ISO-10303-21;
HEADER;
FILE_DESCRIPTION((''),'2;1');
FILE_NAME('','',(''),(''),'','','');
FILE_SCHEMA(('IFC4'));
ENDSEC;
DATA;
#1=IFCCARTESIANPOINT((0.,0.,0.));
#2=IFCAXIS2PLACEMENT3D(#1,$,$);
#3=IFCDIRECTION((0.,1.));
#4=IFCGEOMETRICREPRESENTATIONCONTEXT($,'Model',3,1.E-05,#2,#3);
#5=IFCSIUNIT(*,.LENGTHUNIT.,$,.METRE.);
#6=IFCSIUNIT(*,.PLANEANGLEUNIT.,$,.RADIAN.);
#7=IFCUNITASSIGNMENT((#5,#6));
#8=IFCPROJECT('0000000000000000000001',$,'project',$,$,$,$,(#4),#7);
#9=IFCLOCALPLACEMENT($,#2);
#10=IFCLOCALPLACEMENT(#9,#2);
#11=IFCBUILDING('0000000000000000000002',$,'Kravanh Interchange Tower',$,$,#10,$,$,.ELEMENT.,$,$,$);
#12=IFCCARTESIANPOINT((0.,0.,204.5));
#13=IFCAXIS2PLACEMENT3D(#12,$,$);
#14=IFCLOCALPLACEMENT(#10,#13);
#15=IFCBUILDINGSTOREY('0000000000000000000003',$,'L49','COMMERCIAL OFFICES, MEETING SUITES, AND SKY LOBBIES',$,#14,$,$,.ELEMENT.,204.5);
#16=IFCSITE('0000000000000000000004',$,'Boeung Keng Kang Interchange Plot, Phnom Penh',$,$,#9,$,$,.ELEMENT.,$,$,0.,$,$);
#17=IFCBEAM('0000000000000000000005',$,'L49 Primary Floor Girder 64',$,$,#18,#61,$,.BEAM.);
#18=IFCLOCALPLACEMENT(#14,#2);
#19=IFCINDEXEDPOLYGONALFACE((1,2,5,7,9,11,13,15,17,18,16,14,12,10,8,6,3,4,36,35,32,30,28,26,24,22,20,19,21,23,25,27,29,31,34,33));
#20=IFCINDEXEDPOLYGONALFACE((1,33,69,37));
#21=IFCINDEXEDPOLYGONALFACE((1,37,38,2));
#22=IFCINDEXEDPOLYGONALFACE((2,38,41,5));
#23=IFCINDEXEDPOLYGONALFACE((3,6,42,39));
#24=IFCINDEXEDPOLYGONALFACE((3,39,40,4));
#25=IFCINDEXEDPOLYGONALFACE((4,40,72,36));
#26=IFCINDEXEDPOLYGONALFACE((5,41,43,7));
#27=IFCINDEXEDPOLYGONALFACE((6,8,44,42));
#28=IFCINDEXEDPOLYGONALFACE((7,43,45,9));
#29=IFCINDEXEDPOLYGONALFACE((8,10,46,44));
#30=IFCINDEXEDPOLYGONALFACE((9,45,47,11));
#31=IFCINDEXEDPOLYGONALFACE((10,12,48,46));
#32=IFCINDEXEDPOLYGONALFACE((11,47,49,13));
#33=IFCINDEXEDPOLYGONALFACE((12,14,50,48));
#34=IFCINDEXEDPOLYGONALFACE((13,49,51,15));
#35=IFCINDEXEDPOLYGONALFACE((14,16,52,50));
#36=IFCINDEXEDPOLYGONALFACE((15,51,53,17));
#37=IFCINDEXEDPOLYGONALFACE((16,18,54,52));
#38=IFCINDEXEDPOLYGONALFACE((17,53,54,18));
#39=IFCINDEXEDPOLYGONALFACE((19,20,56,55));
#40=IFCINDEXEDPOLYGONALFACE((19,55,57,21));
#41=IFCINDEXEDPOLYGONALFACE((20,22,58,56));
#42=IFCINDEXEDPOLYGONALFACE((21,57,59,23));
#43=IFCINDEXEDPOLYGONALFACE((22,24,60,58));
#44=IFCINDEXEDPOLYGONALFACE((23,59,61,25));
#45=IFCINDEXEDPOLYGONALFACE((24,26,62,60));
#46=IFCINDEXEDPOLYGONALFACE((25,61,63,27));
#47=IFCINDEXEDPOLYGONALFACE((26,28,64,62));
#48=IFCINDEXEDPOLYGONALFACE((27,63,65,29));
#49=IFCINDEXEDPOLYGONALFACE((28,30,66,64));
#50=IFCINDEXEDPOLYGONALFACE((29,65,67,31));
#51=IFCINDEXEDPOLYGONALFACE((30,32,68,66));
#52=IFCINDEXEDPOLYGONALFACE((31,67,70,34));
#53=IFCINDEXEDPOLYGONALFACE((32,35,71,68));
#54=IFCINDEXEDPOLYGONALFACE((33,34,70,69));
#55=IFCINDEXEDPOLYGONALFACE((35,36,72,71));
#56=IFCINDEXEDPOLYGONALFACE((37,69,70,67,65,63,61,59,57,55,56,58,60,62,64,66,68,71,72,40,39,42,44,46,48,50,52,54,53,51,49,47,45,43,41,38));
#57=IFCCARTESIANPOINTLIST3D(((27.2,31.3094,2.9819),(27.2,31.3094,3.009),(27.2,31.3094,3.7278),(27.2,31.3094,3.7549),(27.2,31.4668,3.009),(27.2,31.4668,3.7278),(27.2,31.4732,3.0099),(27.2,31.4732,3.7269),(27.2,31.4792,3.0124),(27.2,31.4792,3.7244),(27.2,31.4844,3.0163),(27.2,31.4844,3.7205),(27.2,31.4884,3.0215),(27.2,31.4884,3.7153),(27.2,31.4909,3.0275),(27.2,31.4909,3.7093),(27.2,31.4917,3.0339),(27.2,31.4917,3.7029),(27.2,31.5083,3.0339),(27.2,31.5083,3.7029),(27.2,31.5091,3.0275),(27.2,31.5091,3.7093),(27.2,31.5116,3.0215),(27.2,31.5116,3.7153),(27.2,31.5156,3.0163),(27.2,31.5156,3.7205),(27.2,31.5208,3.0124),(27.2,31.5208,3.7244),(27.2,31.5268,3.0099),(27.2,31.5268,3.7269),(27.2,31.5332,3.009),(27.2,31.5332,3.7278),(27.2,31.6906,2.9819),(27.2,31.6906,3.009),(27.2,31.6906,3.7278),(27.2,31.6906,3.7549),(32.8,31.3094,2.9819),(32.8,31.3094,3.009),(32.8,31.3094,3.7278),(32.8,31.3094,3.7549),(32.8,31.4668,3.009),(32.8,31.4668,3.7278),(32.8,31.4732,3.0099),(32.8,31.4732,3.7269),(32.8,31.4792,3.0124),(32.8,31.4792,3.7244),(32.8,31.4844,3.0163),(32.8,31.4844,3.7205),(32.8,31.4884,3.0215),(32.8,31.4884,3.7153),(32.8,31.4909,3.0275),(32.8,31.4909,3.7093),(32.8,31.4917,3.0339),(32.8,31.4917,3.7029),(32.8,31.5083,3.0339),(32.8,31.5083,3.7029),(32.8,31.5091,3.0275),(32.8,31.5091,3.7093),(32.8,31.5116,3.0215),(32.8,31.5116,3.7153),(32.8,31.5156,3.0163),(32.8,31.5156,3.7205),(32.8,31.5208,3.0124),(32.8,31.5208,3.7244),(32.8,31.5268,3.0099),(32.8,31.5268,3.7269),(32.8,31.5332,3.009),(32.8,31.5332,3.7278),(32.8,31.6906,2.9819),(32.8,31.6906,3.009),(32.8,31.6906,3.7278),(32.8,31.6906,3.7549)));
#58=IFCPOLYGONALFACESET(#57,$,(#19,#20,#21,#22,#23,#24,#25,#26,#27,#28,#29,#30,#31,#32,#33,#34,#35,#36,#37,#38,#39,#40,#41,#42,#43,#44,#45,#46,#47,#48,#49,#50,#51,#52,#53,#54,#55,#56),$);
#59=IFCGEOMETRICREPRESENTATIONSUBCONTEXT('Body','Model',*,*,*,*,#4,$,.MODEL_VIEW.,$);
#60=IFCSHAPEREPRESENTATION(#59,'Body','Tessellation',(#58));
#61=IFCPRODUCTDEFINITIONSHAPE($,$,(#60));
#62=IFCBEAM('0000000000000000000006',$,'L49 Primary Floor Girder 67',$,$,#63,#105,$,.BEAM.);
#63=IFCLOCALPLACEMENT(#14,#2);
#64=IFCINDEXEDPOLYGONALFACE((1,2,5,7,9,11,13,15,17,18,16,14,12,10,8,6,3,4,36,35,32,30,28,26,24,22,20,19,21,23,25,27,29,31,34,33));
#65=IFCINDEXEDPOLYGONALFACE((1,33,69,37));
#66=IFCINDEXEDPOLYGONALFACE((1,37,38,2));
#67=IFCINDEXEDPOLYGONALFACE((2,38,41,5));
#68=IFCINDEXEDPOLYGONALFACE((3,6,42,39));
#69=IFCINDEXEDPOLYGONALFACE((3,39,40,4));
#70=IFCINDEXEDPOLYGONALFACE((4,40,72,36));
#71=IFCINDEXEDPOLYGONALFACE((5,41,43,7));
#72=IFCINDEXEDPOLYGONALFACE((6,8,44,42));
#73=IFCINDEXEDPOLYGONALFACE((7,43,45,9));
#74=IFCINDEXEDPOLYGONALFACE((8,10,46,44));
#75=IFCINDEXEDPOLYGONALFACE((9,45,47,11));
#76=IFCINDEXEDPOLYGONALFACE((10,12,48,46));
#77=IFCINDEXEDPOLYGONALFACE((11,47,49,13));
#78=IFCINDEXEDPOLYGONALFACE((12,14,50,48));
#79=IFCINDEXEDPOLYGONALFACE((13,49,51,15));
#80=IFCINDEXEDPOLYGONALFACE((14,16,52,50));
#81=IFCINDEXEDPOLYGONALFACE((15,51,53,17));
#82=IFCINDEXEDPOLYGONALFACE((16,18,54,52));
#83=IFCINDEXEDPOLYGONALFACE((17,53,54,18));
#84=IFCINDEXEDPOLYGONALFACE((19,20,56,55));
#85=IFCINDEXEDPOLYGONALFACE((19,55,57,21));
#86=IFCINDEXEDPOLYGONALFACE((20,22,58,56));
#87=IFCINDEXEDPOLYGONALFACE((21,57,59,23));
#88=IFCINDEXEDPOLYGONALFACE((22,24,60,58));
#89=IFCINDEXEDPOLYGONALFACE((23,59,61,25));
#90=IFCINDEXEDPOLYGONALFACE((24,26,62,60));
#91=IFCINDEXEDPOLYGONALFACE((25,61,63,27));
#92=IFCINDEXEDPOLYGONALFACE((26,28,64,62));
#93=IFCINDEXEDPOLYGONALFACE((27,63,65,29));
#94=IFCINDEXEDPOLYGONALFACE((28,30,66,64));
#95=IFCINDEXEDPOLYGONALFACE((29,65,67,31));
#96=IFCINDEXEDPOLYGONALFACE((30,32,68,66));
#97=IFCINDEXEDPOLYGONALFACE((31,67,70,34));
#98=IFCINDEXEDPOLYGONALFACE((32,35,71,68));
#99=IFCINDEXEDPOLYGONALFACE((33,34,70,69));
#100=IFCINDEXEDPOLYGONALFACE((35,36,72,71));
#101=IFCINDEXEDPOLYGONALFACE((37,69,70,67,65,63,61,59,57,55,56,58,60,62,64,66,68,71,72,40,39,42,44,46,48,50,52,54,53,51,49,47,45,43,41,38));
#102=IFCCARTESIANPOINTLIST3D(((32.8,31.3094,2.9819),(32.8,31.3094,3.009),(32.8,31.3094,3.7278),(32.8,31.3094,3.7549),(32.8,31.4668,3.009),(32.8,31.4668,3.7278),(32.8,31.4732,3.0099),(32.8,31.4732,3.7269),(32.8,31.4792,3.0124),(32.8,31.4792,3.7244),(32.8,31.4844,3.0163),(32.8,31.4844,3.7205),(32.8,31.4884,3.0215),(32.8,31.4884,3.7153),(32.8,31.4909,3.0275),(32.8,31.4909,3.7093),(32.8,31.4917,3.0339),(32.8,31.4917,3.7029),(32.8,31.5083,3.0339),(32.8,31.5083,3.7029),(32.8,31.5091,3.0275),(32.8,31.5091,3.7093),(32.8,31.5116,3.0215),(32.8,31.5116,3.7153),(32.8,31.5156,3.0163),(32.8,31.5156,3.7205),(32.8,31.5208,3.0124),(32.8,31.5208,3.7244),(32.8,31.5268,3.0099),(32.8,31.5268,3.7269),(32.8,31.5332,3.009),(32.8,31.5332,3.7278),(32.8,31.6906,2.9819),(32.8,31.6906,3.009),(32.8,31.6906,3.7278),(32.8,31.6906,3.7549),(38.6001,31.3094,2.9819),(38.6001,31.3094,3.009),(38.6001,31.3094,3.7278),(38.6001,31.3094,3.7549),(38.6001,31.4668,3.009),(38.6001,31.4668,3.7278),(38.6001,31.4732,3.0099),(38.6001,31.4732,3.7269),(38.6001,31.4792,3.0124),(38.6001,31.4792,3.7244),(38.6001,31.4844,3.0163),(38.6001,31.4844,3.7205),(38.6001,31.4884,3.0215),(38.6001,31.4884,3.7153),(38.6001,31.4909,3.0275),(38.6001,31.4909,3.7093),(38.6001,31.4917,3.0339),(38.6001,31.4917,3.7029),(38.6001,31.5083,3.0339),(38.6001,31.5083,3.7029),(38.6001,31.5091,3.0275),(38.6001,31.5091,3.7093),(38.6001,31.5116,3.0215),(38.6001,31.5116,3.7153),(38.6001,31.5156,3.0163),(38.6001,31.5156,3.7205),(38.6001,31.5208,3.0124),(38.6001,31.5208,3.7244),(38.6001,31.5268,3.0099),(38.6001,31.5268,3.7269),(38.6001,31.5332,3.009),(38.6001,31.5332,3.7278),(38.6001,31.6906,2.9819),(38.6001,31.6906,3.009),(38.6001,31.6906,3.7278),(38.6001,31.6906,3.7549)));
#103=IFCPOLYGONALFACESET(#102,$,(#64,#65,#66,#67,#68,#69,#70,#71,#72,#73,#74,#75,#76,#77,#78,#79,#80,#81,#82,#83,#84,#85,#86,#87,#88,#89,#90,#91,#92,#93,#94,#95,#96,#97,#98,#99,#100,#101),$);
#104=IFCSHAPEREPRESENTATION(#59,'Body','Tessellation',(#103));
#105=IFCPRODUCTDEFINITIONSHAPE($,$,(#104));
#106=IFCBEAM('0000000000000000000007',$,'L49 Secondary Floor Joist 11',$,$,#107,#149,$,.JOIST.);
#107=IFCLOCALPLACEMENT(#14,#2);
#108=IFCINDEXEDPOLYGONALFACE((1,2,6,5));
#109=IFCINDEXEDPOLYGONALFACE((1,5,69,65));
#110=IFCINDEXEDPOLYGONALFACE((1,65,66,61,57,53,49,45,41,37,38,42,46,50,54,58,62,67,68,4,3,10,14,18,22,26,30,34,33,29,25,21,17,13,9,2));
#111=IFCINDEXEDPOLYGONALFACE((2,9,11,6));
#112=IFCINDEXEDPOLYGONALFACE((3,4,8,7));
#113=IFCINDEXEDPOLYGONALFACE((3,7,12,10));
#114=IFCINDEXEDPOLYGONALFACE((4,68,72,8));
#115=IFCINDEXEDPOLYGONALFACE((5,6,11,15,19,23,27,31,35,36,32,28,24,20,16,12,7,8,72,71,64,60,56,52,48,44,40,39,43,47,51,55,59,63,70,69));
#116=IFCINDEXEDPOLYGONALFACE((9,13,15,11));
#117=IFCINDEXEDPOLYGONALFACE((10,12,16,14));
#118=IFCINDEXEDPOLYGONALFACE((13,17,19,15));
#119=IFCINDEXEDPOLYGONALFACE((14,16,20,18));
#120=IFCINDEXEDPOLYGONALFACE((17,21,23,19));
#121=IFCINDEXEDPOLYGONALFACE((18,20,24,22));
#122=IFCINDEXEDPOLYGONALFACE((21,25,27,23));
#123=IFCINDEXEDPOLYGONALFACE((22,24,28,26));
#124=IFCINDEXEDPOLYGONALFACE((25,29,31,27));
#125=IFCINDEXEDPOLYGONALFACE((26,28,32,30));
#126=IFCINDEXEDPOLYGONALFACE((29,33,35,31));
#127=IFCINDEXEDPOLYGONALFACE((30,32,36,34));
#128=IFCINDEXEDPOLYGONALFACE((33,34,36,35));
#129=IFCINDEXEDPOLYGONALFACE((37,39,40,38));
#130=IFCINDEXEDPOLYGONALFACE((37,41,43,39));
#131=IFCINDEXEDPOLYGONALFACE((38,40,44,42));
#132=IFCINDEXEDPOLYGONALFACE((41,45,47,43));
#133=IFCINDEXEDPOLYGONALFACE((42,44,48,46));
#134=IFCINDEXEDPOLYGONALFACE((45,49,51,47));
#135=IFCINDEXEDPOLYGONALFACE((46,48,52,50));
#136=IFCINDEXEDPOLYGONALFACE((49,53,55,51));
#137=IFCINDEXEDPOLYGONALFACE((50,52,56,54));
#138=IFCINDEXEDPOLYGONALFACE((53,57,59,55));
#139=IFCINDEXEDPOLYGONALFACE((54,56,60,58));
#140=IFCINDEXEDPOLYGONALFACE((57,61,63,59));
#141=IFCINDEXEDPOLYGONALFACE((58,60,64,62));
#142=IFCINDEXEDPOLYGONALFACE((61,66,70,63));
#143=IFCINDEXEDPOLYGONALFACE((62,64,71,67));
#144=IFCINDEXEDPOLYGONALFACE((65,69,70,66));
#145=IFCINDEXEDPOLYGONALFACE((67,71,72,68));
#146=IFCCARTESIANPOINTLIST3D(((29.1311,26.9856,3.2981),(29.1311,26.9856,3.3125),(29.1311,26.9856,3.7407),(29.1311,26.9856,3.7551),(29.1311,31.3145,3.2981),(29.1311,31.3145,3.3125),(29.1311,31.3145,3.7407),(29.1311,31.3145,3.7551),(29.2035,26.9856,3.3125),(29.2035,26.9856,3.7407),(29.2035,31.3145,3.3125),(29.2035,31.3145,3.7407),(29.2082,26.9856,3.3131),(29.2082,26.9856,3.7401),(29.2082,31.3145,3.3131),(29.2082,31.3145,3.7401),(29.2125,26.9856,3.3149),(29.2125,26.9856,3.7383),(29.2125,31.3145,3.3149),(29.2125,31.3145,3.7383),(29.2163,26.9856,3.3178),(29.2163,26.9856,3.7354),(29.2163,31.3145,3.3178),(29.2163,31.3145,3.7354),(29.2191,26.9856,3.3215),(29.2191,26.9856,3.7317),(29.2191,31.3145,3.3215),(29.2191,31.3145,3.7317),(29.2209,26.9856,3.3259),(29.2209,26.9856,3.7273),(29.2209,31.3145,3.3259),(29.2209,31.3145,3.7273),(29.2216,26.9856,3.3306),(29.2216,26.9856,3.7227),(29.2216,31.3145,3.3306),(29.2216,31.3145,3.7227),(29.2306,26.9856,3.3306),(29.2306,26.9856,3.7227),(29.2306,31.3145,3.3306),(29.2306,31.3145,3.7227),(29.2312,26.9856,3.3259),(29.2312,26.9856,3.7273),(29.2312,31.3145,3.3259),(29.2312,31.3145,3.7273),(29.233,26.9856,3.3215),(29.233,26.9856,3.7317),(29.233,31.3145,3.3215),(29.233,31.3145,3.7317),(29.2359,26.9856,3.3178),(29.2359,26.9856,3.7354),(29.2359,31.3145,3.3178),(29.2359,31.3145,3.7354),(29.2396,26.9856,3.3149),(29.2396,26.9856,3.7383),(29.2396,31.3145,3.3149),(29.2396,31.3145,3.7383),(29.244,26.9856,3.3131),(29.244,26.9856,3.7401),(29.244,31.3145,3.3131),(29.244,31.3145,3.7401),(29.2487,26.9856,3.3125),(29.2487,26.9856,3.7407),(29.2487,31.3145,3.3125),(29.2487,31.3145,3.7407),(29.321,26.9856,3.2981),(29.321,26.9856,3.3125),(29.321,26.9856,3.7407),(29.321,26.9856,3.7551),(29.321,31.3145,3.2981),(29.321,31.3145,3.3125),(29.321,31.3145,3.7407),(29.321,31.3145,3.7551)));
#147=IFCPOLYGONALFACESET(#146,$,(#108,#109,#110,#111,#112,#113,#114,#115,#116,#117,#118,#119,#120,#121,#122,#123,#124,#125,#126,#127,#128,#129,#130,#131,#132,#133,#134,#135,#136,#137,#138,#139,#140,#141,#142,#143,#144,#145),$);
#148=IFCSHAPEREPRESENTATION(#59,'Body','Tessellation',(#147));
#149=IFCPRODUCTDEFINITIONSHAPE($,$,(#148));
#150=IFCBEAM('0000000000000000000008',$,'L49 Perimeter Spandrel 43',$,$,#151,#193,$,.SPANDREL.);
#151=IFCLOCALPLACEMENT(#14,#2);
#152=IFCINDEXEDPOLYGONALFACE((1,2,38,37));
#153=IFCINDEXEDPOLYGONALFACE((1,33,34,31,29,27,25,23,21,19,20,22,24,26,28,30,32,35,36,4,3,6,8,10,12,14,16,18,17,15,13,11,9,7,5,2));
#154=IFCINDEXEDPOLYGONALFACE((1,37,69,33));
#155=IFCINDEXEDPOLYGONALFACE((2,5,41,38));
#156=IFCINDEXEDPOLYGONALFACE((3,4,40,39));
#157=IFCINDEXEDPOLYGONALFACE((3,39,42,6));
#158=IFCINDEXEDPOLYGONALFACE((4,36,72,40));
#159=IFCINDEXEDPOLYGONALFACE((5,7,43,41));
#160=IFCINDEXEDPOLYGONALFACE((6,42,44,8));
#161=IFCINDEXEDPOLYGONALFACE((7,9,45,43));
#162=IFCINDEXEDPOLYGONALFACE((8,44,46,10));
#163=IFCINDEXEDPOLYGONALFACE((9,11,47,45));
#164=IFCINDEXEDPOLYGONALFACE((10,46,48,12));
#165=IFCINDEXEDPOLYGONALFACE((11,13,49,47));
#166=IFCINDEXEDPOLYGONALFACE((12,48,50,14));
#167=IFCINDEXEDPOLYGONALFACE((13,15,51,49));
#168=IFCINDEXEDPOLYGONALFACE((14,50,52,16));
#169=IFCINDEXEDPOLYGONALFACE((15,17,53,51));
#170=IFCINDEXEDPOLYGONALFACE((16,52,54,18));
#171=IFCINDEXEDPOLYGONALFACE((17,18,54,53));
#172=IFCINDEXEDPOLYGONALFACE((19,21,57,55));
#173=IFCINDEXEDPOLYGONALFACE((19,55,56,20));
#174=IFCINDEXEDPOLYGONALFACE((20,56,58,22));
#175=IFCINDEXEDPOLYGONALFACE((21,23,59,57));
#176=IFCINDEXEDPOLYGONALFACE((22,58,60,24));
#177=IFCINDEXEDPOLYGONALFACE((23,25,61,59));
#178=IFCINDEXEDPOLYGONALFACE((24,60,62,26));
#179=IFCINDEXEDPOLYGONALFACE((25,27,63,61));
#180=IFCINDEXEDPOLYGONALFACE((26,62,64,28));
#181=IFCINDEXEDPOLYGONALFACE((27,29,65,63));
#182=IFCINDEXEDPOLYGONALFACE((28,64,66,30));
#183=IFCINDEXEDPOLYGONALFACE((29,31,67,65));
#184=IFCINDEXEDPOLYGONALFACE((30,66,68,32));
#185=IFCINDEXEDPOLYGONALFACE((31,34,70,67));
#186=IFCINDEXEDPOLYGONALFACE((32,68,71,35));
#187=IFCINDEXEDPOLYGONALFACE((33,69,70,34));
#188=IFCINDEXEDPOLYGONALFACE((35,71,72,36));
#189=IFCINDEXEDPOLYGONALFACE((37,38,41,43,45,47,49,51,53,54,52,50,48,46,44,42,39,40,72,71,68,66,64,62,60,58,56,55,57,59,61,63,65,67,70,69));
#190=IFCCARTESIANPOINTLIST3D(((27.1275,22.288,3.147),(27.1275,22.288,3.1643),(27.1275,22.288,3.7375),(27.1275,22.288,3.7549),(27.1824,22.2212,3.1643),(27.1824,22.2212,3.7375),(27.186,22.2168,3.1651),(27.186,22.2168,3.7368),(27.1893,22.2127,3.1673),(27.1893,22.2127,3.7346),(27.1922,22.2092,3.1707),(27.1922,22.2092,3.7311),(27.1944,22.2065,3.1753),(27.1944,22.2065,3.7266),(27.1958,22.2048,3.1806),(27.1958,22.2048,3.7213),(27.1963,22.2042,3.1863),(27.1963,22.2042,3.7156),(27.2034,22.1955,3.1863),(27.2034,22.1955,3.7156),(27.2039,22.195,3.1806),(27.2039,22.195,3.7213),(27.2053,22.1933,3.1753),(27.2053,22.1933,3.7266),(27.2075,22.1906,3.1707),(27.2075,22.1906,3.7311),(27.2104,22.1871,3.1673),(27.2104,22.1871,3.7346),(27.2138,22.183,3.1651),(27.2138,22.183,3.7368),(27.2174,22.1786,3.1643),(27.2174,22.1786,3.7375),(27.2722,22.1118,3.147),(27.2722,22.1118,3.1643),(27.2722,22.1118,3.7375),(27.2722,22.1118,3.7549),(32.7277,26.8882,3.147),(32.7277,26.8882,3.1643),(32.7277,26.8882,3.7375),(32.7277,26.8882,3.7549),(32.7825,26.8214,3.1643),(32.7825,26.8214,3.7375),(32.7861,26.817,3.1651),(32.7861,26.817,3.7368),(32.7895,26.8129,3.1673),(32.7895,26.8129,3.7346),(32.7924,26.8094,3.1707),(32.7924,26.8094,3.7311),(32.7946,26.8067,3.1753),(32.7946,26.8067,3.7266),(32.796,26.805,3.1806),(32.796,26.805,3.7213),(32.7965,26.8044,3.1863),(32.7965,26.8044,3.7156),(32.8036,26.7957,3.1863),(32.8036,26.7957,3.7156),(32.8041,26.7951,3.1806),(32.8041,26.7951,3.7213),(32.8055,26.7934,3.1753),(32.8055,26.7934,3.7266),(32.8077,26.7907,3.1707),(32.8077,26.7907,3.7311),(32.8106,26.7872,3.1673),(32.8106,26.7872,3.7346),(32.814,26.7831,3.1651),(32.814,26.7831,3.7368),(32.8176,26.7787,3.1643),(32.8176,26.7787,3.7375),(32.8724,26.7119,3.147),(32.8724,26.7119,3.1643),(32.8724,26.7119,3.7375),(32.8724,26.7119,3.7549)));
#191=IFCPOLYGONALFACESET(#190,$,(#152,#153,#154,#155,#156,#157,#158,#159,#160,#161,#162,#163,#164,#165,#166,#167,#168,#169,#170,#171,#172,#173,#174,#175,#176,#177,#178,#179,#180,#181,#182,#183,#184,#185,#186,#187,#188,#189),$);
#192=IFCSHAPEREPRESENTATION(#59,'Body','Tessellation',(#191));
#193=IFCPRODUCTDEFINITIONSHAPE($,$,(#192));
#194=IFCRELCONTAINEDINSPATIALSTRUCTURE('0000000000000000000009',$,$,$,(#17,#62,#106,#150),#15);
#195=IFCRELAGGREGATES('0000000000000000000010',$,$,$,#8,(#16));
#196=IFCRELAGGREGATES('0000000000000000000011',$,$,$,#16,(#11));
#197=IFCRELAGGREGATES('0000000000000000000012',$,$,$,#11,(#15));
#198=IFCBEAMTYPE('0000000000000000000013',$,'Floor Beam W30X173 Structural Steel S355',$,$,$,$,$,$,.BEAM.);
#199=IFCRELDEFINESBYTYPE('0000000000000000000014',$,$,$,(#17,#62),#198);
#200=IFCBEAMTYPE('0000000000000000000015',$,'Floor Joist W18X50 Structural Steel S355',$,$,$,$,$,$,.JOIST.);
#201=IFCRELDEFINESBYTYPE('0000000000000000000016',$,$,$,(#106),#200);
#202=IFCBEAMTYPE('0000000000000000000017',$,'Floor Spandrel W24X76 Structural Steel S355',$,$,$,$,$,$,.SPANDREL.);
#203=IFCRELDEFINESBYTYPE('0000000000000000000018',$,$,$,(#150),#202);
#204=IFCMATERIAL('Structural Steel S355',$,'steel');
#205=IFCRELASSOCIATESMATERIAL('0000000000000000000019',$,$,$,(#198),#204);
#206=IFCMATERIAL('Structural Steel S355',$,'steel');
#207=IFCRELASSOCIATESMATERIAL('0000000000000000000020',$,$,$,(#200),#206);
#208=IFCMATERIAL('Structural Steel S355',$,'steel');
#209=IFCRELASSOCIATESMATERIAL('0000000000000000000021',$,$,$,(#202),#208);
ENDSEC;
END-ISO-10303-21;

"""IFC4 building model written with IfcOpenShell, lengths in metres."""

from ifc_helpers import new_model, si_unit, direction, frame, origin, origin_2d, place, context, subcontext, project, spatial, i_section, extrude, material, material_profile, profile_set, type_object, element, save


model = new_model("IFC4")

# Units and contexts
model_context = context("Model", 3, precision=1e-05, world=origin(), true_north=direction((0.0, 1.0)))
body_context = subcontext(model_context, "Body", "Model", "MODEL_VIEW")
ifc_project = project(units=[si_unit("LENGTHUNIT", "METRE"), si_unit("PLANEANGLEUNIT", "RADIAN")], contexts=[model_context])

# Site, building, storey
site_placement = place(None, origin())
site = spatial("IfcSite", under=ifc_project, at=site_placement, Name="Boeung Keng Kang Interchange Plot, Phnom Penh", CompositionType="ELEMENT", RefElevation=0.0)
building_placement = place(site_placement, origin())
building = spatial("IfcBuilding", under=site, at=building_placement, Name="Kravanh Interchange Tower", CompositionType="ELEMENT")
storey_placement = place(building_placement, frame((0.0, 0.0, 204.5)))
storey = spatial("IfcBuildingStorey", under=building, at=storey_placement, Name="L49", Description="COMMERCIAL OFFICES, MEETING SUITES, AND SKY LOBBIES", CompositionType="ELEMENT", Elevation=204.5)

# Beams
ifc_material_1 = material(Name="Structural Steel S355", Category="steel")
ifc_material_profile_1 = material_profile(ifc_material_1, i_section(OverallWidth=0.3811, OverallDepth=0.7729, WebThickness=0.0166, FlangeThickness=0.0271, FilletRadius=0.0249, at=origin_2d()), Name="W30X173")
ifc_profile_set_1 = profile_set([ifc_material_profile_1], Name="Structural Steel S355")
beam_type_1 = type_object("IfcBeamType", Name="Floor Beam W30X173 Structural Steel S355", PredefinedType="BEAM", material=ifc_profile_set_1)
beam_1_placement = place(storey_placement, frame((27.2, 31.5, 3.3684), z_axis=(1.0, 0.0, 0.0), x_axis=(0.0, 1.0, 0.0)))
element("IfcBeam", 1, at=beam_1_placement, inside=storey, type_object=beam_type_1, Name="L49 Primary Floor Girder 64", PredefinedType="BEAM", context=body_context, shape_type="SweptSolid", body=[
    extrude(i_section(OverallWidth=0.3811, OverallDepth=0.7729, WebThickness=0.0166, FlangeThickness=0.0271, FilletRadius=0.0249, at=origin_2d()), origin(), (0.0, 0.0, 1.0), 5.6001),
])
beam_2_placement = place(storey_placement, frame((32.8, 31.5, 3.3684), z_axis=(1.0, 0.0, 0.0), x_axis=(0.0, 1.0, 0.0)))
element("IfcBeam", 2, at=beam_2_placement, inside=storey, type_object=beam_type_1, Name="L49 Primary Floor Girder 67", PredefinedType="BEAM", context=body_context, shape_type="SweptSolid", body=[
    extrude(i_section(OverallWidth=0.3811, OverallDepth=0.7729, WebThickness=0.0166, FlangeThickness=0.0271, FilletRadius=0.0249, at=origin_2d()), origin(), (0.0, 0.0, 1.0), 5.8),
])
ifc_material_2 = material(Name="Structural Steel S355", Category="steel")
ifc_material_profile_2 = material_profile(ifc_material_2, i_section(OverallWidth=0.1899, OverallDepth=0.457, WebThickness=0.009, FlangeThickness=0.0144, FilletRadius=0.0181, at=origin_2d()), Name="W18X50")
ifc_profile_set_2 = profile_set([ifc_material_profile_2], Name="Structural Steel S355")
beam_type_2 = type_object("IfcBeamType", Name="Floor Joist W18X50 Structural Steel S355", PredefinedType="JOIST", material=ifc_profile_set_2)
beam_3_placement = place(storey_placement, frame((29.2261, 26.9856, 3.5266), z_axis=(0.0, 1.0, 0.0), x_axis=(-1.0, 0.0, 0.0)))
element("IfcBeam", 3, at=beam_3_placement, inside=storey, type_object=beam_type_2, Name="L49 Secondary Floor Joist 11", PredefinedType="JOIST", context=body_context, shape_type="SweptSolid", body=[
    extrude(i_section(OverallWidth=0.1899, OverallDepth=0.457, WebThickness=0.009, FlangeThickness=0.0144, FilletRadius=0.0181, at=origin_2d()), origin(), (0.0, 0.0, 1.0), 4.3289),
])
ifc_material_3 = material(Name="Structural Steel S355", Category="steel")
ifc_material_profile_3 = material_profile(ifc_material_3, i_section(OverallWidth=0.228, OverallDepth=0.6079, WebThickness=0.0112, FlangeThickness=0.0173, FilletRadius=0.022, at=origin_2d()), Name="W24X76")
ifc_profile_set_3 = profile_set([ifc_material_profile_3], Name="Structural Steel S355")
beam_type_3 = type_object("IfcBeamType", Name="Floor Spandrel W24X76 Structural Steel S355", PredefinedType="SPANDREL", material=ifc_profile_set_3)
beam_4_placement = place(storey_placement, frame((32.8, 26.8, 3.4509), z_axis=(-0.772725, -0.634741, 0.0), x_axis=(0.634741, -0.772725, 0.0)))
element("IfcBeam", 4, at=beam_4_placement, inside=storey, type_object=beam_type_3, Name="L49 Perimeter Spandrel 43", PredefinedType="SPANDREL", context=body_context, shape_type="SweptSolid", body=[
    extrude(i_section(OverallWidth=0.228, OverallDepth=0.6079, WebThickness=0.0112, FlangeThickness=0.0173, FilletRadius=0.022, at=origin_2d()), origin(), (0.0, 0.0, 1.0), 7.2473),
])

save(model, "model.ifc")
